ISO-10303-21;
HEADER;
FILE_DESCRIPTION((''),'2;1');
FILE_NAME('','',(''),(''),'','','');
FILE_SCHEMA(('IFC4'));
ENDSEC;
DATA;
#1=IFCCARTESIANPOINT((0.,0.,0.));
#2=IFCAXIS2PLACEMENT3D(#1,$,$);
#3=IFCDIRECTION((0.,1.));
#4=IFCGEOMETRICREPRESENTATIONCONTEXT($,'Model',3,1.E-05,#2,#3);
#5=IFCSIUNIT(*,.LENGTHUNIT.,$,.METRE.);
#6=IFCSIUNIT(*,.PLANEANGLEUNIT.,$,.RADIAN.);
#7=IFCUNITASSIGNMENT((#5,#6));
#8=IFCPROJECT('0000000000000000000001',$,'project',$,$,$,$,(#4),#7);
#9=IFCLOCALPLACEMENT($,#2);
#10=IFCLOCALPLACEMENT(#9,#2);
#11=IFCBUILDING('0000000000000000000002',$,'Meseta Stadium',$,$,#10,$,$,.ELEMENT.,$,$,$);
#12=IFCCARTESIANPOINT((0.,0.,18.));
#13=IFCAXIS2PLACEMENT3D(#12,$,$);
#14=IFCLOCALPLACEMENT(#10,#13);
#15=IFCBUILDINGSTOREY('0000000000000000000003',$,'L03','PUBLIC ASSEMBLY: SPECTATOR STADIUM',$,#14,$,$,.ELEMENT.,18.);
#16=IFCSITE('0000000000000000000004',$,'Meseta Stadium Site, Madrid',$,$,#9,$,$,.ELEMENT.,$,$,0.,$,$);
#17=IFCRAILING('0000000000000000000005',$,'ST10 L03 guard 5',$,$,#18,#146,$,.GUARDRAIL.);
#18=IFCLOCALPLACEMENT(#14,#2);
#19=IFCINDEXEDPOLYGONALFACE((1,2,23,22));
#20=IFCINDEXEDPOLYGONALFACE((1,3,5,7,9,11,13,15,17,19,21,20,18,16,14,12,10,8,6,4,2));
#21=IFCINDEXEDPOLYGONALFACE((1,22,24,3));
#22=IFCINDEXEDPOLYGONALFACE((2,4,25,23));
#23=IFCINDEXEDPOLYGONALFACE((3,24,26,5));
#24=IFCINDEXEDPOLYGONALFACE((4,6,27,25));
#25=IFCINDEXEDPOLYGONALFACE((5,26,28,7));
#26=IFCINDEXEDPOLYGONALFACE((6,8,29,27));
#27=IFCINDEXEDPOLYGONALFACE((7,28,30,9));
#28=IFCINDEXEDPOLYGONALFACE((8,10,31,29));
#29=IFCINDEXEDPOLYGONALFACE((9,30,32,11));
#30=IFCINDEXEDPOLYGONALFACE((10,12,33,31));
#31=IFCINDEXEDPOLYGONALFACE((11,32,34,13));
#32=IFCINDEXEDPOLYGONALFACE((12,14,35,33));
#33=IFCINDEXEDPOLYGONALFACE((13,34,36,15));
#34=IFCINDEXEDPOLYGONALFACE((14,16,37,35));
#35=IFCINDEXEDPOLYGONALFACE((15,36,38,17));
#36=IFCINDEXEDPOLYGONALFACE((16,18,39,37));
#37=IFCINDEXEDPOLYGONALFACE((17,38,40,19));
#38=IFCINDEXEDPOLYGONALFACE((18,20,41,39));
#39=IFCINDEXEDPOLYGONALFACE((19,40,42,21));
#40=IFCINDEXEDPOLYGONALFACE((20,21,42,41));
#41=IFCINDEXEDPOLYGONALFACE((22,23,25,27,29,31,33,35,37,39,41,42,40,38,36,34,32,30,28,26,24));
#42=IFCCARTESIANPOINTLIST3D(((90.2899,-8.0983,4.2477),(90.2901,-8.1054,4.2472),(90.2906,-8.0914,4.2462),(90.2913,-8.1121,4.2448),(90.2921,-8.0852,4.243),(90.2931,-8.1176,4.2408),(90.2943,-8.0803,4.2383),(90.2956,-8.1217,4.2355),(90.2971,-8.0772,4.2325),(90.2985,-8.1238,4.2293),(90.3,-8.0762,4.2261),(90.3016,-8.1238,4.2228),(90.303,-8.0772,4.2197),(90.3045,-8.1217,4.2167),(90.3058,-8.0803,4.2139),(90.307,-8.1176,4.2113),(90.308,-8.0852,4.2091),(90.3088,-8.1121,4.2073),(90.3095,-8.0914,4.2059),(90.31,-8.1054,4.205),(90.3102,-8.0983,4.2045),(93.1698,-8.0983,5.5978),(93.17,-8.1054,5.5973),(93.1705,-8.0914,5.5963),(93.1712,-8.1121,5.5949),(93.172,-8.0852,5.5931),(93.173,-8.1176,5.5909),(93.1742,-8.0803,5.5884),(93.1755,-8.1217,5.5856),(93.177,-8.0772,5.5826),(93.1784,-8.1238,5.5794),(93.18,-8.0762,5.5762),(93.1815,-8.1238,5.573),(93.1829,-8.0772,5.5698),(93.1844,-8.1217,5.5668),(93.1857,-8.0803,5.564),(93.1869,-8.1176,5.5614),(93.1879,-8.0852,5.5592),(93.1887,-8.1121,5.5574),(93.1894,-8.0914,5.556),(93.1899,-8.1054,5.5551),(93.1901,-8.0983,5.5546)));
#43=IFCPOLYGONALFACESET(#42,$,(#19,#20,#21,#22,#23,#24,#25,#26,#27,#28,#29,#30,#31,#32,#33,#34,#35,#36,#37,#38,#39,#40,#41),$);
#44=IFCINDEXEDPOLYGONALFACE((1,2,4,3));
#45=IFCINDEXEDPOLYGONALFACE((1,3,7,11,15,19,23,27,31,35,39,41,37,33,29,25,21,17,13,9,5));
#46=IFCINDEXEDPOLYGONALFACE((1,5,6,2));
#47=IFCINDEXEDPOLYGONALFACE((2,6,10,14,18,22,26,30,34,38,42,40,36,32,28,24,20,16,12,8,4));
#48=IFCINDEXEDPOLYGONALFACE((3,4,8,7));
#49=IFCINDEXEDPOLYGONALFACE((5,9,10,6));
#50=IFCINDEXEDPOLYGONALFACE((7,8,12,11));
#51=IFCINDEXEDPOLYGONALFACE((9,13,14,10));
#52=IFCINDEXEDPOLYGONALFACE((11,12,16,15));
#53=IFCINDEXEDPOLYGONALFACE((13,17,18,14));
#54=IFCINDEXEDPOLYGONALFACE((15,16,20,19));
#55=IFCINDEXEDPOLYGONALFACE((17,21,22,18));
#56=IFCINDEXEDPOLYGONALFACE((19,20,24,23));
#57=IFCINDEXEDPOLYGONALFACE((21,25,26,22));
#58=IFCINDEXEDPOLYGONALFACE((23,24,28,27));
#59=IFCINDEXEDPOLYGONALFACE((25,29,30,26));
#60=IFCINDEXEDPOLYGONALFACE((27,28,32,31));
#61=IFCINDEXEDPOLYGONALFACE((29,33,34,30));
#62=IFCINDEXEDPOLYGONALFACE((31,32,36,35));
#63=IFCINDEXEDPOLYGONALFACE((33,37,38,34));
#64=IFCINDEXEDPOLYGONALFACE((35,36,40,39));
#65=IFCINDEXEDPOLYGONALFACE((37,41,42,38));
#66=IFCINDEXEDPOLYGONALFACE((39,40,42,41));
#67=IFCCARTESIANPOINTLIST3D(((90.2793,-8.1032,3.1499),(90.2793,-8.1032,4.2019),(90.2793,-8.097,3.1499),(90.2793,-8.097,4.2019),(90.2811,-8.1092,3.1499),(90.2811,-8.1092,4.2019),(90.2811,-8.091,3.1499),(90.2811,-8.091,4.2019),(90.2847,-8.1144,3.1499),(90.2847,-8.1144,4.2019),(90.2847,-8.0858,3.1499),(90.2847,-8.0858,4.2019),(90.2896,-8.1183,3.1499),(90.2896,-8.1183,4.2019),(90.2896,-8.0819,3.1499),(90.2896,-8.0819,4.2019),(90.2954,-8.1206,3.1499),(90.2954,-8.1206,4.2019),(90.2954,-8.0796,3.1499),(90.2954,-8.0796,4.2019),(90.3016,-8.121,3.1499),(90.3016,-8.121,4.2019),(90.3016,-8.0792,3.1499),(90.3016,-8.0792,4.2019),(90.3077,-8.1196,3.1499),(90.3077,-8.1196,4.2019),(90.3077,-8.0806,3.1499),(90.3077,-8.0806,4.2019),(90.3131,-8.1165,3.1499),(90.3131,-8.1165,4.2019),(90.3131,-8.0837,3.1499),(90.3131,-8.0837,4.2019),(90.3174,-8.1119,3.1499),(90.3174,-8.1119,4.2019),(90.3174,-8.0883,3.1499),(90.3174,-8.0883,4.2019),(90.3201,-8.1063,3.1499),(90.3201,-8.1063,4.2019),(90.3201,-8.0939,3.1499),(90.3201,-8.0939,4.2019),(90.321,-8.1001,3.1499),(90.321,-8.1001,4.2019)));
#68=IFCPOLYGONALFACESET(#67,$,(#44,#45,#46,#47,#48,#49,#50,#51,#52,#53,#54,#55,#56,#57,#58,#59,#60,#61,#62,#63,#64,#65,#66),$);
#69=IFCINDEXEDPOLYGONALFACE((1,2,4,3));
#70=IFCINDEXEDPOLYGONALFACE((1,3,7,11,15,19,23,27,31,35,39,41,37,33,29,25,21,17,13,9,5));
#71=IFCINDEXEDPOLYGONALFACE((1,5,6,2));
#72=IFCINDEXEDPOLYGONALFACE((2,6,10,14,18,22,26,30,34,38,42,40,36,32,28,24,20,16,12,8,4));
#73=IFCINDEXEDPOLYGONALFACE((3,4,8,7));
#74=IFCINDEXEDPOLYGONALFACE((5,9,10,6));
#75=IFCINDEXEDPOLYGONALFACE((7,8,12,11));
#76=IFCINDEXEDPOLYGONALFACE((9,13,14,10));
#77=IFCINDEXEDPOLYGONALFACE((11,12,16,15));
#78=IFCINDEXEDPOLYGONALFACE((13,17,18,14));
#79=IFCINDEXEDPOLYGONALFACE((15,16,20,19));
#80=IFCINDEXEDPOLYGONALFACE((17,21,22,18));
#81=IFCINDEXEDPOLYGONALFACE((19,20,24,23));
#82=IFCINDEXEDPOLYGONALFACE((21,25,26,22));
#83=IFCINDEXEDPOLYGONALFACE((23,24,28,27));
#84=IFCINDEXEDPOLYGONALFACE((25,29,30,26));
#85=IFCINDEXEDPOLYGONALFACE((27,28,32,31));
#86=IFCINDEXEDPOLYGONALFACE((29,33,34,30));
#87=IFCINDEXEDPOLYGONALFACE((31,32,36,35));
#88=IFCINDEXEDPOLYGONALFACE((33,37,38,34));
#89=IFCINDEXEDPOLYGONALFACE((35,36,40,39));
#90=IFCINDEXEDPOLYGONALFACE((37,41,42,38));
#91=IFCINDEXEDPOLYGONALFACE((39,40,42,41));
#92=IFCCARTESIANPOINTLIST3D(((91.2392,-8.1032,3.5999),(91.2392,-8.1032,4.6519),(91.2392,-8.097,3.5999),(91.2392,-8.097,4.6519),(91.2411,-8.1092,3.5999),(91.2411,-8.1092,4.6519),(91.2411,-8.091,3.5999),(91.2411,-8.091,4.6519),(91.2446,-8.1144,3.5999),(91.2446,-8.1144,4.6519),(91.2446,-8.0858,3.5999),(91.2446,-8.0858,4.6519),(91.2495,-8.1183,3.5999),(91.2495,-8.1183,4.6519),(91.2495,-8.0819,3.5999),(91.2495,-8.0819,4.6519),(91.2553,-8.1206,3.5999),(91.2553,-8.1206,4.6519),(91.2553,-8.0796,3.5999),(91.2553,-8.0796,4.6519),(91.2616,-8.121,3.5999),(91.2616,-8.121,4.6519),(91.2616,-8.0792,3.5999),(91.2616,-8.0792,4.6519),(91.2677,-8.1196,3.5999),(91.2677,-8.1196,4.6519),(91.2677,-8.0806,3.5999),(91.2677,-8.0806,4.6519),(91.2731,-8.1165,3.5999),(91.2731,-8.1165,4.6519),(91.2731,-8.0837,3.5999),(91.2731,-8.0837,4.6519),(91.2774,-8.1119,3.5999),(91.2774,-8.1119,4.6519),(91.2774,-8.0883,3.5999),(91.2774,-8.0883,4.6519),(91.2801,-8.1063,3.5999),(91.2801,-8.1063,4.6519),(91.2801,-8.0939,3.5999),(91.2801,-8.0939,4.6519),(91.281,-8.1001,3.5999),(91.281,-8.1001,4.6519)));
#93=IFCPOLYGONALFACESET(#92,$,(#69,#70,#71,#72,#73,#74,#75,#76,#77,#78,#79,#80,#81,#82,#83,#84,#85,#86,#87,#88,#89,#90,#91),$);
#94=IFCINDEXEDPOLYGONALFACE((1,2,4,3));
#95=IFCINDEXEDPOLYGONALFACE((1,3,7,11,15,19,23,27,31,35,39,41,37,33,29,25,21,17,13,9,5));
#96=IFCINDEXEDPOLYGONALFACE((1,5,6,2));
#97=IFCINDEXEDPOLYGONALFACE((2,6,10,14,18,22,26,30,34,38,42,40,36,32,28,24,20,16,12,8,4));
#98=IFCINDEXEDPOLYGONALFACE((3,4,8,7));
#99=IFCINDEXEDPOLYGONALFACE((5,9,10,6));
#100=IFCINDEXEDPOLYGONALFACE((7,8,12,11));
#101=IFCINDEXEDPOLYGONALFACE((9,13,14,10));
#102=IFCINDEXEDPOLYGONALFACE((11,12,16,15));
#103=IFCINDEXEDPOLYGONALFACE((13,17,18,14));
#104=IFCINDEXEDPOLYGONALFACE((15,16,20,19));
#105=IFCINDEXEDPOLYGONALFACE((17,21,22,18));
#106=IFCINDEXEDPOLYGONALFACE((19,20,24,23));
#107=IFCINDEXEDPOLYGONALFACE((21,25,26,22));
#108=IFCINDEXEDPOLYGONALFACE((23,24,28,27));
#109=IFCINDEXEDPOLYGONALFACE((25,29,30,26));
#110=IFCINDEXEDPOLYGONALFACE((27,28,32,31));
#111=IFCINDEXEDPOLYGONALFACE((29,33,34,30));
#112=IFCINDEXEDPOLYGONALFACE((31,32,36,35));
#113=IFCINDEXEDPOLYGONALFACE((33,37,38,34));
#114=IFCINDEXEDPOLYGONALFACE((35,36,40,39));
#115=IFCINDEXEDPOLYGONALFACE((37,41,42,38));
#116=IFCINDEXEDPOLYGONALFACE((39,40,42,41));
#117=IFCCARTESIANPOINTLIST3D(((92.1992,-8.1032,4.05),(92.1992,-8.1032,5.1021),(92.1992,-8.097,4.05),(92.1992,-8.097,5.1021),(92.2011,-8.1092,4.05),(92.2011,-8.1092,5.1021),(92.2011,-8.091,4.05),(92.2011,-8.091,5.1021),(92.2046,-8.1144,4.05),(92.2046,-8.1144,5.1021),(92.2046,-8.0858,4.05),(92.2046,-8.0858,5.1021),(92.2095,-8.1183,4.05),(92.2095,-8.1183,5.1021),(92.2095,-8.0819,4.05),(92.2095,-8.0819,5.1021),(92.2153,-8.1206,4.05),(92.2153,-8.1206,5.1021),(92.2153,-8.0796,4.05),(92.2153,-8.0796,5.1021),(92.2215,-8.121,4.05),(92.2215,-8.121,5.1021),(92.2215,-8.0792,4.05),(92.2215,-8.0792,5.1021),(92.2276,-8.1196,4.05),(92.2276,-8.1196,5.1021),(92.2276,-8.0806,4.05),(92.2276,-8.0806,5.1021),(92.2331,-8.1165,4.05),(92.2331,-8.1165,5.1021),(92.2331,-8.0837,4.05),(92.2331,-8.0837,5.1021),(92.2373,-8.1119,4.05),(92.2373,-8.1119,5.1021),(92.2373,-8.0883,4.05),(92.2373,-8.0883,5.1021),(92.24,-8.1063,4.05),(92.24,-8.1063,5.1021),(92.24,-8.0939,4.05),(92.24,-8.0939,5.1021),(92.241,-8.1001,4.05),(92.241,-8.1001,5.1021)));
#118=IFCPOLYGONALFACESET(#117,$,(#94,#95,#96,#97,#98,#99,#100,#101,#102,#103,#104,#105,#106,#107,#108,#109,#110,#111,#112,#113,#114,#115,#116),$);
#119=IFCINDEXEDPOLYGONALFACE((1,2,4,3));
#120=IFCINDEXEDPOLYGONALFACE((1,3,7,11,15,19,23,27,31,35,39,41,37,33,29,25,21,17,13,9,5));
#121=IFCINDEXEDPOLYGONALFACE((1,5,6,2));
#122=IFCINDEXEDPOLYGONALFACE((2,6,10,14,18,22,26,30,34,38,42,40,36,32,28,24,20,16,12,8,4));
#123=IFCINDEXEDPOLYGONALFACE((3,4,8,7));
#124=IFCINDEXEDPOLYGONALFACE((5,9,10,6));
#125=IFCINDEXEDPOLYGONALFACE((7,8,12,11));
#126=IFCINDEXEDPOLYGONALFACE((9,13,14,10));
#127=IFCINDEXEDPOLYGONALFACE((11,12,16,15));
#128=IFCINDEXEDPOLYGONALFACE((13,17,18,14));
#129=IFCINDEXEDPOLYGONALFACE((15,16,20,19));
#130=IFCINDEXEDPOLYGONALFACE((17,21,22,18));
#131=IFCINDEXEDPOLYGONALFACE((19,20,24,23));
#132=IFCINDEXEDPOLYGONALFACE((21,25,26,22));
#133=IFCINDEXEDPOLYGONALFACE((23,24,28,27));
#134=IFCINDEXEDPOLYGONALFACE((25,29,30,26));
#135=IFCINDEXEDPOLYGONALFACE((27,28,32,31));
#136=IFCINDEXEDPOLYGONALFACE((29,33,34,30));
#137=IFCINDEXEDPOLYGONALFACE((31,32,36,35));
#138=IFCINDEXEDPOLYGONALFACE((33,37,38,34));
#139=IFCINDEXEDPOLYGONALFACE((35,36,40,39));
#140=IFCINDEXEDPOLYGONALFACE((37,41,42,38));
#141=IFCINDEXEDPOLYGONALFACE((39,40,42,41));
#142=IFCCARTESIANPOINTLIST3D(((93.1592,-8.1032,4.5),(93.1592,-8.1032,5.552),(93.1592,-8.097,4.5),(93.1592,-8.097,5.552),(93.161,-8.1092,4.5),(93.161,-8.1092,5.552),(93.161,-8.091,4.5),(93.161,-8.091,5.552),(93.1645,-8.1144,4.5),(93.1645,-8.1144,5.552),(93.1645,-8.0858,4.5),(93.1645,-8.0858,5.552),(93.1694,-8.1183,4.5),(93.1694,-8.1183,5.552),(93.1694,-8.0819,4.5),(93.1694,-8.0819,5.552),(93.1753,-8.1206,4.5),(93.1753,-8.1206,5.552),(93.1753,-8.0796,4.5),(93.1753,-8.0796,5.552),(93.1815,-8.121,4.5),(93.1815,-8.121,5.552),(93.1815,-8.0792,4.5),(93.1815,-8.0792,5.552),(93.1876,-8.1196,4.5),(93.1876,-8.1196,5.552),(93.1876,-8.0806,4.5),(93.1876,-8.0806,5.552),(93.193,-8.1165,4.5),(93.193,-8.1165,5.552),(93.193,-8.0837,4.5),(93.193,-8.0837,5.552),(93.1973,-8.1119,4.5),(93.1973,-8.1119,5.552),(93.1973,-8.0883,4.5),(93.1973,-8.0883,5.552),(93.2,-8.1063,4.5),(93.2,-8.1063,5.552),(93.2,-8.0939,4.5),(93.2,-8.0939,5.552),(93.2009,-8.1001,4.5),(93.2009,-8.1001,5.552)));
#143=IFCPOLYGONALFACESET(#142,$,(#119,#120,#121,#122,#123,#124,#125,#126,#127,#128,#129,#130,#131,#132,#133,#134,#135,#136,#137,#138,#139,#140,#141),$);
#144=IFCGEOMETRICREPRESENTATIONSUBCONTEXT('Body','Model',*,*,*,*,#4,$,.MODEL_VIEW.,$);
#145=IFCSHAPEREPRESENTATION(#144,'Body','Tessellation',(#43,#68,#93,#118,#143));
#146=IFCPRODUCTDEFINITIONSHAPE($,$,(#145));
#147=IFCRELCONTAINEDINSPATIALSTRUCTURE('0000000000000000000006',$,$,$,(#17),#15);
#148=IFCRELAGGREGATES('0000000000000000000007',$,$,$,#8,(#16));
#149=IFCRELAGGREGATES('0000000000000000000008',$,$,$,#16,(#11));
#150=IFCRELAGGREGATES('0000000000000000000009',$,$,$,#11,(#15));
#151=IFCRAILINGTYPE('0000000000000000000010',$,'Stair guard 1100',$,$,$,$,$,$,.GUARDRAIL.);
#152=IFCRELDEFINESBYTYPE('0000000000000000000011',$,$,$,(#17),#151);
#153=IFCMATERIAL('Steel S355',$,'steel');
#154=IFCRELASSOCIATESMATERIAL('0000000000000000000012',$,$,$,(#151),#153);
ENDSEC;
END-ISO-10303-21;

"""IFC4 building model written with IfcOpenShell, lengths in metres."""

from ifc_helpers import new_model, si_unit, direction, frame, origin, origin_2d, place, context, subcontext, project, spatial, circle, extrude, material, type_object, element, save


model = new_model("IFC4")

# Units and contexts
model_context = context("Model", 3, precision=1e-05, world=origin(), true_north=direction((0.0, 1.0)))
body_context = subcontext(model_context, "Body", "Model", "MODEL_VIEW")
ifc_project = project(units=[si_unit("LENGTHUNIT", "METRE"), si_unit("PLANEANGLEUNIT", "RADIAN")], contexts=[model_context])

# Site, building, storey
site_placement = place(None, origin())
site = spatial("IfcSite", under=ifc_project, at=site_placement, Name="Meseta Stadium Site, Madrid", CompositionType="ELEMENT", RefElevation=0.0)
building_placement = place(site_placement, origin())
building = spatial("IfcBuilding", under=site, at=building_placement, Name="Meseta Stadium", CompositionType="ELEMENT")
storey_placement = place(building_placement, frame((0.0, 0.0, 18.0)))
storey = spatial("IfcBuildingStorey", under=building, at=storey_placement, Name="L03", Description="PUBLIC ASSEMBLY: SPECTATOR STADIUM", CompositionType="ELEMENT", Elevation=18.0)

# Railing
ifc_material_1 = material(Name="Steel S355", Category="steel")
railing_type_1 = type_object("IfcRailingType", Name="Stair guard 1100", PredefinedType="GUARDRAIL", material=ifc_material_1)
railing_1_placement = place(storey_placement, frame((90.3, -8.1001, 3.1499)))
element("IfcRailing", 1, at=railing_1_placement, inside=storey, type_object=railing_type_1, Name="ST10 L03 guard 5", PredefinedType="GUARDRAIL", context=body_context, shape_type="SweptSolid", body=[
    extrude(circle(Radius=0.0239, at=origin_2d()), frame((0.0, 0.0, 1.0762), z_axis=(0.90544, 0.0, 0.424473), x_axis=(0.0, 1.0, 0.0)), (0.0, 0.0, 1.0), 3.1807),
    extrude(circle(Radius=0.021, at=origin_2d()), origin(), (0.0, 0.0, 1.0), 1.052),
    extrude(circle(Radius=0.021, at=origin_2d()), frame((0.96, 0.0, 0.45)), (0.0, 0.0, 1.0), 1.052),
    extrude(circle(Radius=0.021, at=origin_2d()), frame((1.9199, 0.0, 0.9001)), (0.0, 0.0, 1.0), 1.052),
    extrude(circle(Radius=0.021, at=origin_2d()), frame((2.8799, 0.0, 1.3501)), (0.0, 0.0, 1.0), 1.052),
])

save(model, "model.ifc")
